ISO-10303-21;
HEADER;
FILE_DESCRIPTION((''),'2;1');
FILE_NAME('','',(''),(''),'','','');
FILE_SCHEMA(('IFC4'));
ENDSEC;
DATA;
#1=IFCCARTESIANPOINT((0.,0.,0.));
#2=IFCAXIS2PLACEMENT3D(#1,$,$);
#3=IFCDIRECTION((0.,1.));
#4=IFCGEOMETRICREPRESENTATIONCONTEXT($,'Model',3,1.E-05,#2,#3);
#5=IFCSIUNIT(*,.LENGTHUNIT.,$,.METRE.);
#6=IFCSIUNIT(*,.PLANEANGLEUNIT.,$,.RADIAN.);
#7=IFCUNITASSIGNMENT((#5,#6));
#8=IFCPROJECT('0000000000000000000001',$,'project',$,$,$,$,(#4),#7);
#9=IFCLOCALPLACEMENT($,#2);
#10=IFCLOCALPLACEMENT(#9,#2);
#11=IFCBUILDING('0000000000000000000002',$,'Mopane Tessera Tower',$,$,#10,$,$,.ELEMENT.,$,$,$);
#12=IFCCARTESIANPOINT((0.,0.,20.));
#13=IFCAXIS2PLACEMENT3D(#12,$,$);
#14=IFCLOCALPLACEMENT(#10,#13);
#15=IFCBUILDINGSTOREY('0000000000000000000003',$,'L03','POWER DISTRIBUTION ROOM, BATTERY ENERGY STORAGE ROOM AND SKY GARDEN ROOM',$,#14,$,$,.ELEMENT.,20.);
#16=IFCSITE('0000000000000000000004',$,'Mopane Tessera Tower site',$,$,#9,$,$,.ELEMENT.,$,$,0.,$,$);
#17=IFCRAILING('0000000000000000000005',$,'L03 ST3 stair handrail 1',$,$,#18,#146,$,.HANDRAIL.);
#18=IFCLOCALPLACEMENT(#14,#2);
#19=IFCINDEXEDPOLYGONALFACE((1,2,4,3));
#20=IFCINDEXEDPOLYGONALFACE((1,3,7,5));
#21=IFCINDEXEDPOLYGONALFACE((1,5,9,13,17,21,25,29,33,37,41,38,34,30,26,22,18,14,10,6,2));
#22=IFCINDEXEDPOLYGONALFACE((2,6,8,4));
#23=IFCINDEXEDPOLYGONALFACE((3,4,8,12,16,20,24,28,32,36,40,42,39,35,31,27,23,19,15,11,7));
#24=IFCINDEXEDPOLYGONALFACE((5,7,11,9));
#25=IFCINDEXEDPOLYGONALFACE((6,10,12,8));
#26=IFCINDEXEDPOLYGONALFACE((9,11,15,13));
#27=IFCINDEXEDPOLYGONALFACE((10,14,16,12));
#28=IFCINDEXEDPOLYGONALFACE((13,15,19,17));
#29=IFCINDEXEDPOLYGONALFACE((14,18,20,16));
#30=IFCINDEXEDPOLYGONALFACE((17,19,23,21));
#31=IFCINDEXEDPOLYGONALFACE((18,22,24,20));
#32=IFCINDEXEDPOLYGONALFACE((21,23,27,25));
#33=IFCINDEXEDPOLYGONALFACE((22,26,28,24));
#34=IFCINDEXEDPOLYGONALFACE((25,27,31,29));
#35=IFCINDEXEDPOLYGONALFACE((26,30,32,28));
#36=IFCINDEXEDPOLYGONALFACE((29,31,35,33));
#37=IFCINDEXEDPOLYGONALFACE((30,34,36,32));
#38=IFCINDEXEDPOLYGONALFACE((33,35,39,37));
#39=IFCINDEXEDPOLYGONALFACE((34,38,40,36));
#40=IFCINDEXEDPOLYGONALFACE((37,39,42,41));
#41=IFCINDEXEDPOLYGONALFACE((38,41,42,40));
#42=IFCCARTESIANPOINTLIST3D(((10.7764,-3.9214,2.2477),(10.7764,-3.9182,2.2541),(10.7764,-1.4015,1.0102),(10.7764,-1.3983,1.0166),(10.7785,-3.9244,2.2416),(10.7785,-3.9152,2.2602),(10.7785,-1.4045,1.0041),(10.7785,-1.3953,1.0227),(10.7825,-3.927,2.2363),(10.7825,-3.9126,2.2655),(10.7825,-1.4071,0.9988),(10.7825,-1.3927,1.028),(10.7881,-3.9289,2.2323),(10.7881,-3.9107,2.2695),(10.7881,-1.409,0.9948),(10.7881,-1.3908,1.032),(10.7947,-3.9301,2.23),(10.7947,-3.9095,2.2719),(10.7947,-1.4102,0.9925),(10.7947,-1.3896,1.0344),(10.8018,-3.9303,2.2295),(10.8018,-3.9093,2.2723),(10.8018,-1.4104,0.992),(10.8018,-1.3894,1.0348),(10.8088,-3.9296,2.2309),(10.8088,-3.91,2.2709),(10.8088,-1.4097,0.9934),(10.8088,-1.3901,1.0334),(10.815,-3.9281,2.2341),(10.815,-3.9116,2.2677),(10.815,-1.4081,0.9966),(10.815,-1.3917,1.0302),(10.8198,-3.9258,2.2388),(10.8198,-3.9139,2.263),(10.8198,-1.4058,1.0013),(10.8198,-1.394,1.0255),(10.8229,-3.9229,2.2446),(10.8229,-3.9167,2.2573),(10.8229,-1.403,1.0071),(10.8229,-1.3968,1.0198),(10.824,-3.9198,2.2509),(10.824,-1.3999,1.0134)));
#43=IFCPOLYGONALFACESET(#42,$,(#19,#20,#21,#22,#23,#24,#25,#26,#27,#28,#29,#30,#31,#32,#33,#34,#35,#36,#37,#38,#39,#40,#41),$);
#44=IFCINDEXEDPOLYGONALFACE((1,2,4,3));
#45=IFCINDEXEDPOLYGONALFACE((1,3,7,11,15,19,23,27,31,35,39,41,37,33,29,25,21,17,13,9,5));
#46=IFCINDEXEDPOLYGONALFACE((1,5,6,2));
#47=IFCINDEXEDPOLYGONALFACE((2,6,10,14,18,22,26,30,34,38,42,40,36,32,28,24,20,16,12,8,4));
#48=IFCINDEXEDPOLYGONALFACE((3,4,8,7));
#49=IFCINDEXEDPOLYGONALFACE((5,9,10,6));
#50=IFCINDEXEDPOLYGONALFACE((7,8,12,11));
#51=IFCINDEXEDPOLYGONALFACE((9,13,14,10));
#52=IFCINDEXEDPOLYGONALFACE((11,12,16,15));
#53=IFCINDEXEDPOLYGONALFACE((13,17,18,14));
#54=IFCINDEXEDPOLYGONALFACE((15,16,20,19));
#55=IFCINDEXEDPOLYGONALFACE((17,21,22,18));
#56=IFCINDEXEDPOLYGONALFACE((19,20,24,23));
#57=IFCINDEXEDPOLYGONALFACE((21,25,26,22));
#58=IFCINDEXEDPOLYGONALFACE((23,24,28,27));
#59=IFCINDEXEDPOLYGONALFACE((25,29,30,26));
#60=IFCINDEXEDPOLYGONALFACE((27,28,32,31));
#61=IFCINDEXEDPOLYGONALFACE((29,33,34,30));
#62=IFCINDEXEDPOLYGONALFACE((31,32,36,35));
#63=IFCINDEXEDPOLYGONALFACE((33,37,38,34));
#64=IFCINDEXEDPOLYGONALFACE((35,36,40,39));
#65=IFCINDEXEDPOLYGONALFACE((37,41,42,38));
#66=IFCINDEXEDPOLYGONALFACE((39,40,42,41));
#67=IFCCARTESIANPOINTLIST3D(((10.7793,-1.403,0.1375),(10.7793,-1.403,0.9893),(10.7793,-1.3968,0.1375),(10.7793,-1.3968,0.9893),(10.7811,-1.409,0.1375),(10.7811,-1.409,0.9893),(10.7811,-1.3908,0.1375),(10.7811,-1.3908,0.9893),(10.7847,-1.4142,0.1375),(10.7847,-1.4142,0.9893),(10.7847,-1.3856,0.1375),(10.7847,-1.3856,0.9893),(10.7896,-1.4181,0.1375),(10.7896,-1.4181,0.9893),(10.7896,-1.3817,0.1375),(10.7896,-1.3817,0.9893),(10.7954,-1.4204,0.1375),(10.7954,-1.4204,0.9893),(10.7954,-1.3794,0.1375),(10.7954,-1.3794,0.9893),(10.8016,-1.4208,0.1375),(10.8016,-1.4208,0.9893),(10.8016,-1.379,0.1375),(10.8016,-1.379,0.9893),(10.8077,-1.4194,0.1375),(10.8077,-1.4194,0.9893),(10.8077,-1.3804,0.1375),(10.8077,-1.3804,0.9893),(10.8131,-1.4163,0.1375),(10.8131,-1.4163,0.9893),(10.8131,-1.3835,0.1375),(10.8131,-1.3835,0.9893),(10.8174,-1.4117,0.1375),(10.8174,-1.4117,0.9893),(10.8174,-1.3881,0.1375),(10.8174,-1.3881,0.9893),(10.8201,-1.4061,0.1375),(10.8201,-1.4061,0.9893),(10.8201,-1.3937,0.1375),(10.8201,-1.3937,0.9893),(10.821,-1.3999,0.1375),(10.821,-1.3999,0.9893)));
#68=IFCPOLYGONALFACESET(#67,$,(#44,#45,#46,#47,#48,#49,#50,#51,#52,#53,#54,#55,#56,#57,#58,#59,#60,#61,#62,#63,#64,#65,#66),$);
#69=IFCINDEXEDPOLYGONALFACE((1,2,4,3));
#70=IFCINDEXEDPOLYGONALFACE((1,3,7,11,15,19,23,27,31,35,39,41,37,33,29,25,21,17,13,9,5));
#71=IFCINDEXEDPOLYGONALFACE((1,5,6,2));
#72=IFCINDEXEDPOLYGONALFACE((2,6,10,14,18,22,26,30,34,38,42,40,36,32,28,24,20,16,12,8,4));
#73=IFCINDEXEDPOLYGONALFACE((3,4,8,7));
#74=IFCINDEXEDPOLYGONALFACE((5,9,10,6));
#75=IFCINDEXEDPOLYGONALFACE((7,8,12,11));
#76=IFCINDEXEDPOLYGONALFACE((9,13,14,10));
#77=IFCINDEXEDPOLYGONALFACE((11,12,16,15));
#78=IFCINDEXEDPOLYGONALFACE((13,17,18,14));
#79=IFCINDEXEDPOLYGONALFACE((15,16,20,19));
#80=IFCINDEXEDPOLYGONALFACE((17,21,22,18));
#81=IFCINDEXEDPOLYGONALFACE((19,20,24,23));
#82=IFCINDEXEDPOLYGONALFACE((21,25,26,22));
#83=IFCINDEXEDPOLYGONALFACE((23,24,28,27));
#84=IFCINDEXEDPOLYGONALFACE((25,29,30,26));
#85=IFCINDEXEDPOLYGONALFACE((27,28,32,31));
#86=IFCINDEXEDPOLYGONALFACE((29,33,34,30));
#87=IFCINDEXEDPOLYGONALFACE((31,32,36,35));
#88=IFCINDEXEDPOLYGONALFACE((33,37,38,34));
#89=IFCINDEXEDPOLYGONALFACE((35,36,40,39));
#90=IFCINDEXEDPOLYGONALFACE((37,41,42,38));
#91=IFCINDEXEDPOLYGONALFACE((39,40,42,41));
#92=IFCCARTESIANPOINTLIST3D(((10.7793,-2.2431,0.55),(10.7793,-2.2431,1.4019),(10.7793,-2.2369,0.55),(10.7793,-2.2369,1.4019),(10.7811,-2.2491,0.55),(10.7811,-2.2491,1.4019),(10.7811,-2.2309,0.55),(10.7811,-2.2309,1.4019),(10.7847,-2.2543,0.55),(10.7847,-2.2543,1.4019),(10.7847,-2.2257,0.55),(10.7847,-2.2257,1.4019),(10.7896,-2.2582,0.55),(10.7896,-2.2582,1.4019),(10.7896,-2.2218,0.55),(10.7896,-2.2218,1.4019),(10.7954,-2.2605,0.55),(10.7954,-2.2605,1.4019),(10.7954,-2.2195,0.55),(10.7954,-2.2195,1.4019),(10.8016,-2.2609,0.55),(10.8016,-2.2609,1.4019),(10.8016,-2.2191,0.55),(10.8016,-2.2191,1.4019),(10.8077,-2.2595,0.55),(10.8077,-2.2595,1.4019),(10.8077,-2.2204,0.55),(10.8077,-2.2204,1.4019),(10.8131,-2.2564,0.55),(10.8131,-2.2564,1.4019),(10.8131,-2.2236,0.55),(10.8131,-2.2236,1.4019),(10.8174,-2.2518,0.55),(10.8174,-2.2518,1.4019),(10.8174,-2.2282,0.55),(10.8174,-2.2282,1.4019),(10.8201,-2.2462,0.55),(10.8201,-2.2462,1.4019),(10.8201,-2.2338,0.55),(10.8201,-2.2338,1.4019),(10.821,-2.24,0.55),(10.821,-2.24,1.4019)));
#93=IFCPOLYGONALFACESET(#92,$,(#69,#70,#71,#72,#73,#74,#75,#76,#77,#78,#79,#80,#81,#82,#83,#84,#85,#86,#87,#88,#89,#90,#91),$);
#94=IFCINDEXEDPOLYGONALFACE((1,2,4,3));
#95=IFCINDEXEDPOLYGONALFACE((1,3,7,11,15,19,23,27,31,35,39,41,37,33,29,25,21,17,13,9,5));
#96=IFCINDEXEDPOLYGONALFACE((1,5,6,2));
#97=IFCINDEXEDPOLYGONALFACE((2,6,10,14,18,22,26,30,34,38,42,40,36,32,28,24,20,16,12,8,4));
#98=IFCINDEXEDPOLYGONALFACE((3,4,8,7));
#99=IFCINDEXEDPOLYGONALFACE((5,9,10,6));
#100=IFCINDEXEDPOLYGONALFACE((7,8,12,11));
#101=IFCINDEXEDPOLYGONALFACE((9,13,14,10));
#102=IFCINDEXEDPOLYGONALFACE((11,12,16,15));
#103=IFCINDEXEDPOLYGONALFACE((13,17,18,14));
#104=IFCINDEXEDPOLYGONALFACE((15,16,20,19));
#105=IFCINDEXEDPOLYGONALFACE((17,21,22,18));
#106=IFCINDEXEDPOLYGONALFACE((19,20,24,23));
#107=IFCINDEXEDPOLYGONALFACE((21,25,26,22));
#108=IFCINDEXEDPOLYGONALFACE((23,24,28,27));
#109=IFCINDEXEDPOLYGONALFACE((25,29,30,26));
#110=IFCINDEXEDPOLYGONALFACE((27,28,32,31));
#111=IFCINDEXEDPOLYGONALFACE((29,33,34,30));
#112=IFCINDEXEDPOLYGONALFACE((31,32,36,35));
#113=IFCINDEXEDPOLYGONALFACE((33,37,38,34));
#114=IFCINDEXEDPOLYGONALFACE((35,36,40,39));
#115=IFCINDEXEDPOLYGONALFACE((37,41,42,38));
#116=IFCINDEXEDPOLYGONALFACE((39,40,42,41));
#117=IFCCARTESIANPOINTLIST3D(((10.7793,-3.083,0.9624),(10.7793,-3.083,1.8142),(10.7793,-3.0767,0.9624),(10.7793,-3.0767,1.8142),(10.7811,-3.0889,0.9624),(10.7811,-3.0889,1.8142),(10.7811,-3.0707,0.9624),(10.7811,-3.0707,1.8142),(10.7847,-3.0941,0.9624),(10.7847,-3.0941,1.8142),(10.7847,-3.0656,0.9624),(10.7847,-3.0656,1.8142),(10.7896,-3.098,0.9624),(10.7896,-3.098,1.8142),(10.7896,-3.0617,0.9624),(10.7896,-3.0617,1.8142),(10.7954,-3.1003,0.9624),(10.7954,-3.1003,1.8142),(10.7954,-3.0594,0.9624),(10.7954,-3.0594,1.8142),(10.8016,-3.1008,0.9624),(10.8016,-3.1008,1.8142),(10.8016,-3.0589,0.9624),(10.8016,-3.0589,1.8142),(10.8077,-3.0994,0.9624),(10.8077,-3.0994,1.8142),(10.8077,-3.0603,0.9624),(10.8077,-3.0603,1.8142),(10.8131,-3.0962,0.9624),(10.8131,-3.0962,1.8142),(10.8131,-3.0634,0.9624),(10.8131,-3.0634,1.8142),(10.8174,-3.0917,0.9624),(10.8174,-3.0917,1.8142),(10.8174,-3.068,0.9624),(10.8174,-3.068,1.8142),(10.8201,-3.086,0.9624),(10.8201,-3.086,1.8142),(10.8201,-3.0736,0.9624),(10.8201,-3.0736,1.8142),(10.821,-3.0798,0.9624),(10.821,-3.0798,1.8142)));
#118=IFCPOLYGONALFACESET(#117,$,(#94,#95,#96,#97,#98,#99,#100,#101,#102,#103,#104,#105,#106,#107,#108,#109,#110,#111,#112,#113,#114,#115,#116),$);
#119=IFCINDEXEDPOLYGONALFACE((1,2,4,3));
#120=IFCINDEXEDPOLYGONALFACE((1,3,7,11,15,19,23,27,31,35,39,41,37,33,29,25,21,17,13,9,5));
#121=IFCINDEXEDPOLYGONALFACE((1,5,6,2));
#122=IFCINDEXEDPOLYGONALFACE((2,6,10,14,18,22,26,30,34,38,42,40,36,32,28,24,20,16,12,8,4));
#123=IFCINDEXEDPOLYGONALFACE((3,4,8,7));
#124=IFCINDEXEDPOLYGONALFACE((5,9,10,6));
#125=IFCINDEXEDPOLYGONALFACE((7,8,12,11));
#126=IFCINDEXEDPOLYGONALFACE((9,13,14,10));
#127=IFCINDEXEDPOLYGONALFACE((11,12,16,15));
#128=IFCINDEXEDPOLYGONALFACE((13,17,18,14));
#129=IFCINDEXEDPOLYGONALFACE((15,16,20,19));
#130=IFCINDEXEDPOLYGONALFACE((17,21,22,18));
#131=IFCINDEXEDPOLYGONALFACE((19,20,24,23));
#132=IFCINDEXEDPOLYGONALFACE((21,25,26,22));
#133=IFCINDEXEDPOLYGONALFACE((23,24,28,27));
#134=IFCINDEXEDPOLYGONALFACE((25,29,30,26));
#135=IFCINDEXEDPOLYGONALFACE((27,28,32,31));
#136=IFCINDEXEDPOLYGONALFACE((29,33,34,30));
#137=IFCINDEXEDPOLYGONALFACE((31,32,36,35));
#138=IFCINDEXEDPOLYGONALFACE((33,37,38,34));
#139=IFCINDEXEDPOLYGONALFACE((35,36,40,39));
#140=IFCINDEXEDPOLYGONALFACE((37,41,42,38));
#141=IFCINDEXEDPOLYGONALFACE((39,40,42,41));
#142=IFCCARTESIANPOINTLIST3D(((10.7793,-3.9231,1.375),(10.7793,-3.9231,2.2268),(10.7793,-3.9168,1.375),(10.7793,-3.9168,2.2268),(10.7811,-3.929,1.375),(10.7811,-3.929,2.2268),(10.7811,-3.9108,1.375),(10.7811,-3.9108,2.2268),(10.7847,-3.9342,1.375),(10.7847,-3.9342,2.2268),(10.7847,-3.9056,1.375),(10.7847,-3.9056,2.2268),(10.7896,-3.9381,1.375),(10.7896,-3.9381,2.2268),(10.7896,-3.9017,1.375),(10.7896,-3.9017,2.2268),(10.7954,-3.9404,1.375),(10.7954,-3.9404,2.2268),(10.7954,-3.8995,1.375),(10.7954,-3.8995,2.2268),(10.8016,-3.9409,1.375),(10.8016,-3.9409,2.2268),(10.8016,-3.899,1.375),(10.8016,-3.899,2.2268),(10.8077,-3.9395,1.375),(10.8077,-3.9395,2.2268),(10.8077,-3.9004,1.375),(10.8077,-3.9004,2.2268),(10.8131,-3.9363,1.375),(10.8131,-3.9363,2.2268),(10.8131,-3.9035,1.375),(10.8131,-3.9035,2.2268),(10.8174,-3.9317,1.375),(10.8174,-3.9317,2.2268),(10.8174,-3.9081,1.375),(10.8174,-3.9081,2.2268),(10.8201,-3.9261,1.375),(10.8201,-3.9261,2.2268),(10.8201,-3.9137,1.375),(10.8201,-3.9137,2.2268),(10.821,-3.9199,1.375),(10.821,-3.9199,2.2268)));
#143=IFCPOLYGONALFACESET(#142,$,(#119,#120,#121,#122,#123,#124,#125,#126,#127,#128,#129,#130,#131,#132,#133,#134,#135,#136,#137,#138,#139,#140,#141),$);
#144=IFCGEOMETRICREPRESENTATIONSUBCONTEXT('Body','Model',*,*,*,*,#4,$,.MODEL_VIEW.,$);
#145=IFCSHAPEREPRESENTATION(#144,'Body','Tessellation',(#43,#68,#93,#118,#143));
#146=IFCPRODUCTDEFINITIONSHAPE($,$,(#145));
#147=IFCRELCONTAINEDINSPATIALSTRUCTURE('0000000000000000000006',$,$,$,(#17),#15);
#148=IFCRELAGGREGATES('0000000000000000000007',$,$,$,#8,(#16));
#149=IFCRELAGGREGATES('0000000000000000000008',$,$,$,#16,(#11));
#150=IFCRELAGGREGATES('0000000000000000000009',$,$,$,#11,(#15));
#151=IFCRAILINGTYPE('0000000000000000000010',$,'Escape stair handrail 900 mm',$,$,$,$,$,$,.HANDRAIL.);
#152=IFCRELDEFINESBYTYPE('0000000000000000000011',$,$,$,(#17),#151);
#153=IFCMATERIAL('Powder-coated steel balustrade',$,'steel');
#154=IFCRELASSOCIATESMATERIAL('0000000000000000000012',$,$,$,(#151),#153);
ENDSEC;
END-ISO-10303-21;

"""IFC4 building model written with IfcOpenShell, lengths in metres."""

from ifc_helpers import new_model, si_unit, direction, frame, origin, origin_2d, place, context, subcontext, project, spatial, circle, extrude, material, type_object, element, save


model = new_model("IFC4")

# Units and contexts
model_context = context("Model", 3, precision=1e-05, world=origin(), true_north=direction((0.0, 1.0)))
body_context = subcontext(model_context, "Body", "Model", "MODEL_VIEW")
ifc_project = project(units=[si_unit("LENGTHUNIT", "METRE"), si_unit("PLANEANGLEUNIT", "RADIAN")], contexts=[model_context])

# Site, building, storey
site_placement = place(None, origin())
site = spatial("IfcSite", under=ifc_project, at=site_placement, Name="Mopane Tessera Tower site", CompositionType="ELEMENT", RefElevation=0.0)
building_placement = place(site_placement, origin())
building = spatial("IfcBuilding", under=site, at=building_placement, Name="Mopane Tessera Tower", CompositionType="ELEMENT")
storey_placement = place(building_placement, frame((0.0, 0.0, 20.0)))
storey = spatial("IfcBuildingStorey", under=building, at=storey_placement, Name="L03", Description="POWER DISTRIBUTION ROOM, BATTERY ENERGY STORAGE ROOM AND SKY GARDEN ROOM", CompositionType="ELEMENT", Elevation=20.0)

# Railing
ifc_material_1 = material(Name="Powder-coated steel balustrade", Category="steel")
railing_type_1 = type_object("IfcRailingType", Name="Escape stair handrail 900 mm", PredefinedType="HANDRAIL", material=ifc_material_1)
railing_1_placement = place(storey_placement, frame((10.8, -1.3999, 0.1375)))
element("IfcRailing", 1, at=railing_1_placement, inside=storey, type_object=railing_type_1, Name="L03 ST3 stair handrail 1", PredefinedType="HANDRAIL", context=body_context, shape_type="SweptSolid", body=[
    extrude(circle(Radius=0.0239, at=origin_2d()), frame((0.0, 0.0, 0.876), z_axis=(0.0, -0.897604, 0.440802), x_axis=(1.0, 0.0, 0.0)), (0.0, 0.0, 1.0), 2.8074),
    extrude(circle(Radius=0.021, at=origin_2d()), origin(), (0.0, 0.0, 1.0), 0.8518),
    extrude(circle(Radius=0.021, at=origin_2d()), frame((0.0, -0.8401, 0.4126)), (0.0, 0.0, 1.0), 0.8518),
    extrude(circle(Radius=0.021, at=origin_2d()), frame((0.0, -1.6799, 0.825)), (0.0, 0.0, 1.0), 0.8518),
    extrude(circle(Radius=0.021, at=origin_2d()), frame((0.0, -2.52, 1.2375)), (0.0, 0.0, 1.0), 0.8518),
])

save(model, "model.ifc")
